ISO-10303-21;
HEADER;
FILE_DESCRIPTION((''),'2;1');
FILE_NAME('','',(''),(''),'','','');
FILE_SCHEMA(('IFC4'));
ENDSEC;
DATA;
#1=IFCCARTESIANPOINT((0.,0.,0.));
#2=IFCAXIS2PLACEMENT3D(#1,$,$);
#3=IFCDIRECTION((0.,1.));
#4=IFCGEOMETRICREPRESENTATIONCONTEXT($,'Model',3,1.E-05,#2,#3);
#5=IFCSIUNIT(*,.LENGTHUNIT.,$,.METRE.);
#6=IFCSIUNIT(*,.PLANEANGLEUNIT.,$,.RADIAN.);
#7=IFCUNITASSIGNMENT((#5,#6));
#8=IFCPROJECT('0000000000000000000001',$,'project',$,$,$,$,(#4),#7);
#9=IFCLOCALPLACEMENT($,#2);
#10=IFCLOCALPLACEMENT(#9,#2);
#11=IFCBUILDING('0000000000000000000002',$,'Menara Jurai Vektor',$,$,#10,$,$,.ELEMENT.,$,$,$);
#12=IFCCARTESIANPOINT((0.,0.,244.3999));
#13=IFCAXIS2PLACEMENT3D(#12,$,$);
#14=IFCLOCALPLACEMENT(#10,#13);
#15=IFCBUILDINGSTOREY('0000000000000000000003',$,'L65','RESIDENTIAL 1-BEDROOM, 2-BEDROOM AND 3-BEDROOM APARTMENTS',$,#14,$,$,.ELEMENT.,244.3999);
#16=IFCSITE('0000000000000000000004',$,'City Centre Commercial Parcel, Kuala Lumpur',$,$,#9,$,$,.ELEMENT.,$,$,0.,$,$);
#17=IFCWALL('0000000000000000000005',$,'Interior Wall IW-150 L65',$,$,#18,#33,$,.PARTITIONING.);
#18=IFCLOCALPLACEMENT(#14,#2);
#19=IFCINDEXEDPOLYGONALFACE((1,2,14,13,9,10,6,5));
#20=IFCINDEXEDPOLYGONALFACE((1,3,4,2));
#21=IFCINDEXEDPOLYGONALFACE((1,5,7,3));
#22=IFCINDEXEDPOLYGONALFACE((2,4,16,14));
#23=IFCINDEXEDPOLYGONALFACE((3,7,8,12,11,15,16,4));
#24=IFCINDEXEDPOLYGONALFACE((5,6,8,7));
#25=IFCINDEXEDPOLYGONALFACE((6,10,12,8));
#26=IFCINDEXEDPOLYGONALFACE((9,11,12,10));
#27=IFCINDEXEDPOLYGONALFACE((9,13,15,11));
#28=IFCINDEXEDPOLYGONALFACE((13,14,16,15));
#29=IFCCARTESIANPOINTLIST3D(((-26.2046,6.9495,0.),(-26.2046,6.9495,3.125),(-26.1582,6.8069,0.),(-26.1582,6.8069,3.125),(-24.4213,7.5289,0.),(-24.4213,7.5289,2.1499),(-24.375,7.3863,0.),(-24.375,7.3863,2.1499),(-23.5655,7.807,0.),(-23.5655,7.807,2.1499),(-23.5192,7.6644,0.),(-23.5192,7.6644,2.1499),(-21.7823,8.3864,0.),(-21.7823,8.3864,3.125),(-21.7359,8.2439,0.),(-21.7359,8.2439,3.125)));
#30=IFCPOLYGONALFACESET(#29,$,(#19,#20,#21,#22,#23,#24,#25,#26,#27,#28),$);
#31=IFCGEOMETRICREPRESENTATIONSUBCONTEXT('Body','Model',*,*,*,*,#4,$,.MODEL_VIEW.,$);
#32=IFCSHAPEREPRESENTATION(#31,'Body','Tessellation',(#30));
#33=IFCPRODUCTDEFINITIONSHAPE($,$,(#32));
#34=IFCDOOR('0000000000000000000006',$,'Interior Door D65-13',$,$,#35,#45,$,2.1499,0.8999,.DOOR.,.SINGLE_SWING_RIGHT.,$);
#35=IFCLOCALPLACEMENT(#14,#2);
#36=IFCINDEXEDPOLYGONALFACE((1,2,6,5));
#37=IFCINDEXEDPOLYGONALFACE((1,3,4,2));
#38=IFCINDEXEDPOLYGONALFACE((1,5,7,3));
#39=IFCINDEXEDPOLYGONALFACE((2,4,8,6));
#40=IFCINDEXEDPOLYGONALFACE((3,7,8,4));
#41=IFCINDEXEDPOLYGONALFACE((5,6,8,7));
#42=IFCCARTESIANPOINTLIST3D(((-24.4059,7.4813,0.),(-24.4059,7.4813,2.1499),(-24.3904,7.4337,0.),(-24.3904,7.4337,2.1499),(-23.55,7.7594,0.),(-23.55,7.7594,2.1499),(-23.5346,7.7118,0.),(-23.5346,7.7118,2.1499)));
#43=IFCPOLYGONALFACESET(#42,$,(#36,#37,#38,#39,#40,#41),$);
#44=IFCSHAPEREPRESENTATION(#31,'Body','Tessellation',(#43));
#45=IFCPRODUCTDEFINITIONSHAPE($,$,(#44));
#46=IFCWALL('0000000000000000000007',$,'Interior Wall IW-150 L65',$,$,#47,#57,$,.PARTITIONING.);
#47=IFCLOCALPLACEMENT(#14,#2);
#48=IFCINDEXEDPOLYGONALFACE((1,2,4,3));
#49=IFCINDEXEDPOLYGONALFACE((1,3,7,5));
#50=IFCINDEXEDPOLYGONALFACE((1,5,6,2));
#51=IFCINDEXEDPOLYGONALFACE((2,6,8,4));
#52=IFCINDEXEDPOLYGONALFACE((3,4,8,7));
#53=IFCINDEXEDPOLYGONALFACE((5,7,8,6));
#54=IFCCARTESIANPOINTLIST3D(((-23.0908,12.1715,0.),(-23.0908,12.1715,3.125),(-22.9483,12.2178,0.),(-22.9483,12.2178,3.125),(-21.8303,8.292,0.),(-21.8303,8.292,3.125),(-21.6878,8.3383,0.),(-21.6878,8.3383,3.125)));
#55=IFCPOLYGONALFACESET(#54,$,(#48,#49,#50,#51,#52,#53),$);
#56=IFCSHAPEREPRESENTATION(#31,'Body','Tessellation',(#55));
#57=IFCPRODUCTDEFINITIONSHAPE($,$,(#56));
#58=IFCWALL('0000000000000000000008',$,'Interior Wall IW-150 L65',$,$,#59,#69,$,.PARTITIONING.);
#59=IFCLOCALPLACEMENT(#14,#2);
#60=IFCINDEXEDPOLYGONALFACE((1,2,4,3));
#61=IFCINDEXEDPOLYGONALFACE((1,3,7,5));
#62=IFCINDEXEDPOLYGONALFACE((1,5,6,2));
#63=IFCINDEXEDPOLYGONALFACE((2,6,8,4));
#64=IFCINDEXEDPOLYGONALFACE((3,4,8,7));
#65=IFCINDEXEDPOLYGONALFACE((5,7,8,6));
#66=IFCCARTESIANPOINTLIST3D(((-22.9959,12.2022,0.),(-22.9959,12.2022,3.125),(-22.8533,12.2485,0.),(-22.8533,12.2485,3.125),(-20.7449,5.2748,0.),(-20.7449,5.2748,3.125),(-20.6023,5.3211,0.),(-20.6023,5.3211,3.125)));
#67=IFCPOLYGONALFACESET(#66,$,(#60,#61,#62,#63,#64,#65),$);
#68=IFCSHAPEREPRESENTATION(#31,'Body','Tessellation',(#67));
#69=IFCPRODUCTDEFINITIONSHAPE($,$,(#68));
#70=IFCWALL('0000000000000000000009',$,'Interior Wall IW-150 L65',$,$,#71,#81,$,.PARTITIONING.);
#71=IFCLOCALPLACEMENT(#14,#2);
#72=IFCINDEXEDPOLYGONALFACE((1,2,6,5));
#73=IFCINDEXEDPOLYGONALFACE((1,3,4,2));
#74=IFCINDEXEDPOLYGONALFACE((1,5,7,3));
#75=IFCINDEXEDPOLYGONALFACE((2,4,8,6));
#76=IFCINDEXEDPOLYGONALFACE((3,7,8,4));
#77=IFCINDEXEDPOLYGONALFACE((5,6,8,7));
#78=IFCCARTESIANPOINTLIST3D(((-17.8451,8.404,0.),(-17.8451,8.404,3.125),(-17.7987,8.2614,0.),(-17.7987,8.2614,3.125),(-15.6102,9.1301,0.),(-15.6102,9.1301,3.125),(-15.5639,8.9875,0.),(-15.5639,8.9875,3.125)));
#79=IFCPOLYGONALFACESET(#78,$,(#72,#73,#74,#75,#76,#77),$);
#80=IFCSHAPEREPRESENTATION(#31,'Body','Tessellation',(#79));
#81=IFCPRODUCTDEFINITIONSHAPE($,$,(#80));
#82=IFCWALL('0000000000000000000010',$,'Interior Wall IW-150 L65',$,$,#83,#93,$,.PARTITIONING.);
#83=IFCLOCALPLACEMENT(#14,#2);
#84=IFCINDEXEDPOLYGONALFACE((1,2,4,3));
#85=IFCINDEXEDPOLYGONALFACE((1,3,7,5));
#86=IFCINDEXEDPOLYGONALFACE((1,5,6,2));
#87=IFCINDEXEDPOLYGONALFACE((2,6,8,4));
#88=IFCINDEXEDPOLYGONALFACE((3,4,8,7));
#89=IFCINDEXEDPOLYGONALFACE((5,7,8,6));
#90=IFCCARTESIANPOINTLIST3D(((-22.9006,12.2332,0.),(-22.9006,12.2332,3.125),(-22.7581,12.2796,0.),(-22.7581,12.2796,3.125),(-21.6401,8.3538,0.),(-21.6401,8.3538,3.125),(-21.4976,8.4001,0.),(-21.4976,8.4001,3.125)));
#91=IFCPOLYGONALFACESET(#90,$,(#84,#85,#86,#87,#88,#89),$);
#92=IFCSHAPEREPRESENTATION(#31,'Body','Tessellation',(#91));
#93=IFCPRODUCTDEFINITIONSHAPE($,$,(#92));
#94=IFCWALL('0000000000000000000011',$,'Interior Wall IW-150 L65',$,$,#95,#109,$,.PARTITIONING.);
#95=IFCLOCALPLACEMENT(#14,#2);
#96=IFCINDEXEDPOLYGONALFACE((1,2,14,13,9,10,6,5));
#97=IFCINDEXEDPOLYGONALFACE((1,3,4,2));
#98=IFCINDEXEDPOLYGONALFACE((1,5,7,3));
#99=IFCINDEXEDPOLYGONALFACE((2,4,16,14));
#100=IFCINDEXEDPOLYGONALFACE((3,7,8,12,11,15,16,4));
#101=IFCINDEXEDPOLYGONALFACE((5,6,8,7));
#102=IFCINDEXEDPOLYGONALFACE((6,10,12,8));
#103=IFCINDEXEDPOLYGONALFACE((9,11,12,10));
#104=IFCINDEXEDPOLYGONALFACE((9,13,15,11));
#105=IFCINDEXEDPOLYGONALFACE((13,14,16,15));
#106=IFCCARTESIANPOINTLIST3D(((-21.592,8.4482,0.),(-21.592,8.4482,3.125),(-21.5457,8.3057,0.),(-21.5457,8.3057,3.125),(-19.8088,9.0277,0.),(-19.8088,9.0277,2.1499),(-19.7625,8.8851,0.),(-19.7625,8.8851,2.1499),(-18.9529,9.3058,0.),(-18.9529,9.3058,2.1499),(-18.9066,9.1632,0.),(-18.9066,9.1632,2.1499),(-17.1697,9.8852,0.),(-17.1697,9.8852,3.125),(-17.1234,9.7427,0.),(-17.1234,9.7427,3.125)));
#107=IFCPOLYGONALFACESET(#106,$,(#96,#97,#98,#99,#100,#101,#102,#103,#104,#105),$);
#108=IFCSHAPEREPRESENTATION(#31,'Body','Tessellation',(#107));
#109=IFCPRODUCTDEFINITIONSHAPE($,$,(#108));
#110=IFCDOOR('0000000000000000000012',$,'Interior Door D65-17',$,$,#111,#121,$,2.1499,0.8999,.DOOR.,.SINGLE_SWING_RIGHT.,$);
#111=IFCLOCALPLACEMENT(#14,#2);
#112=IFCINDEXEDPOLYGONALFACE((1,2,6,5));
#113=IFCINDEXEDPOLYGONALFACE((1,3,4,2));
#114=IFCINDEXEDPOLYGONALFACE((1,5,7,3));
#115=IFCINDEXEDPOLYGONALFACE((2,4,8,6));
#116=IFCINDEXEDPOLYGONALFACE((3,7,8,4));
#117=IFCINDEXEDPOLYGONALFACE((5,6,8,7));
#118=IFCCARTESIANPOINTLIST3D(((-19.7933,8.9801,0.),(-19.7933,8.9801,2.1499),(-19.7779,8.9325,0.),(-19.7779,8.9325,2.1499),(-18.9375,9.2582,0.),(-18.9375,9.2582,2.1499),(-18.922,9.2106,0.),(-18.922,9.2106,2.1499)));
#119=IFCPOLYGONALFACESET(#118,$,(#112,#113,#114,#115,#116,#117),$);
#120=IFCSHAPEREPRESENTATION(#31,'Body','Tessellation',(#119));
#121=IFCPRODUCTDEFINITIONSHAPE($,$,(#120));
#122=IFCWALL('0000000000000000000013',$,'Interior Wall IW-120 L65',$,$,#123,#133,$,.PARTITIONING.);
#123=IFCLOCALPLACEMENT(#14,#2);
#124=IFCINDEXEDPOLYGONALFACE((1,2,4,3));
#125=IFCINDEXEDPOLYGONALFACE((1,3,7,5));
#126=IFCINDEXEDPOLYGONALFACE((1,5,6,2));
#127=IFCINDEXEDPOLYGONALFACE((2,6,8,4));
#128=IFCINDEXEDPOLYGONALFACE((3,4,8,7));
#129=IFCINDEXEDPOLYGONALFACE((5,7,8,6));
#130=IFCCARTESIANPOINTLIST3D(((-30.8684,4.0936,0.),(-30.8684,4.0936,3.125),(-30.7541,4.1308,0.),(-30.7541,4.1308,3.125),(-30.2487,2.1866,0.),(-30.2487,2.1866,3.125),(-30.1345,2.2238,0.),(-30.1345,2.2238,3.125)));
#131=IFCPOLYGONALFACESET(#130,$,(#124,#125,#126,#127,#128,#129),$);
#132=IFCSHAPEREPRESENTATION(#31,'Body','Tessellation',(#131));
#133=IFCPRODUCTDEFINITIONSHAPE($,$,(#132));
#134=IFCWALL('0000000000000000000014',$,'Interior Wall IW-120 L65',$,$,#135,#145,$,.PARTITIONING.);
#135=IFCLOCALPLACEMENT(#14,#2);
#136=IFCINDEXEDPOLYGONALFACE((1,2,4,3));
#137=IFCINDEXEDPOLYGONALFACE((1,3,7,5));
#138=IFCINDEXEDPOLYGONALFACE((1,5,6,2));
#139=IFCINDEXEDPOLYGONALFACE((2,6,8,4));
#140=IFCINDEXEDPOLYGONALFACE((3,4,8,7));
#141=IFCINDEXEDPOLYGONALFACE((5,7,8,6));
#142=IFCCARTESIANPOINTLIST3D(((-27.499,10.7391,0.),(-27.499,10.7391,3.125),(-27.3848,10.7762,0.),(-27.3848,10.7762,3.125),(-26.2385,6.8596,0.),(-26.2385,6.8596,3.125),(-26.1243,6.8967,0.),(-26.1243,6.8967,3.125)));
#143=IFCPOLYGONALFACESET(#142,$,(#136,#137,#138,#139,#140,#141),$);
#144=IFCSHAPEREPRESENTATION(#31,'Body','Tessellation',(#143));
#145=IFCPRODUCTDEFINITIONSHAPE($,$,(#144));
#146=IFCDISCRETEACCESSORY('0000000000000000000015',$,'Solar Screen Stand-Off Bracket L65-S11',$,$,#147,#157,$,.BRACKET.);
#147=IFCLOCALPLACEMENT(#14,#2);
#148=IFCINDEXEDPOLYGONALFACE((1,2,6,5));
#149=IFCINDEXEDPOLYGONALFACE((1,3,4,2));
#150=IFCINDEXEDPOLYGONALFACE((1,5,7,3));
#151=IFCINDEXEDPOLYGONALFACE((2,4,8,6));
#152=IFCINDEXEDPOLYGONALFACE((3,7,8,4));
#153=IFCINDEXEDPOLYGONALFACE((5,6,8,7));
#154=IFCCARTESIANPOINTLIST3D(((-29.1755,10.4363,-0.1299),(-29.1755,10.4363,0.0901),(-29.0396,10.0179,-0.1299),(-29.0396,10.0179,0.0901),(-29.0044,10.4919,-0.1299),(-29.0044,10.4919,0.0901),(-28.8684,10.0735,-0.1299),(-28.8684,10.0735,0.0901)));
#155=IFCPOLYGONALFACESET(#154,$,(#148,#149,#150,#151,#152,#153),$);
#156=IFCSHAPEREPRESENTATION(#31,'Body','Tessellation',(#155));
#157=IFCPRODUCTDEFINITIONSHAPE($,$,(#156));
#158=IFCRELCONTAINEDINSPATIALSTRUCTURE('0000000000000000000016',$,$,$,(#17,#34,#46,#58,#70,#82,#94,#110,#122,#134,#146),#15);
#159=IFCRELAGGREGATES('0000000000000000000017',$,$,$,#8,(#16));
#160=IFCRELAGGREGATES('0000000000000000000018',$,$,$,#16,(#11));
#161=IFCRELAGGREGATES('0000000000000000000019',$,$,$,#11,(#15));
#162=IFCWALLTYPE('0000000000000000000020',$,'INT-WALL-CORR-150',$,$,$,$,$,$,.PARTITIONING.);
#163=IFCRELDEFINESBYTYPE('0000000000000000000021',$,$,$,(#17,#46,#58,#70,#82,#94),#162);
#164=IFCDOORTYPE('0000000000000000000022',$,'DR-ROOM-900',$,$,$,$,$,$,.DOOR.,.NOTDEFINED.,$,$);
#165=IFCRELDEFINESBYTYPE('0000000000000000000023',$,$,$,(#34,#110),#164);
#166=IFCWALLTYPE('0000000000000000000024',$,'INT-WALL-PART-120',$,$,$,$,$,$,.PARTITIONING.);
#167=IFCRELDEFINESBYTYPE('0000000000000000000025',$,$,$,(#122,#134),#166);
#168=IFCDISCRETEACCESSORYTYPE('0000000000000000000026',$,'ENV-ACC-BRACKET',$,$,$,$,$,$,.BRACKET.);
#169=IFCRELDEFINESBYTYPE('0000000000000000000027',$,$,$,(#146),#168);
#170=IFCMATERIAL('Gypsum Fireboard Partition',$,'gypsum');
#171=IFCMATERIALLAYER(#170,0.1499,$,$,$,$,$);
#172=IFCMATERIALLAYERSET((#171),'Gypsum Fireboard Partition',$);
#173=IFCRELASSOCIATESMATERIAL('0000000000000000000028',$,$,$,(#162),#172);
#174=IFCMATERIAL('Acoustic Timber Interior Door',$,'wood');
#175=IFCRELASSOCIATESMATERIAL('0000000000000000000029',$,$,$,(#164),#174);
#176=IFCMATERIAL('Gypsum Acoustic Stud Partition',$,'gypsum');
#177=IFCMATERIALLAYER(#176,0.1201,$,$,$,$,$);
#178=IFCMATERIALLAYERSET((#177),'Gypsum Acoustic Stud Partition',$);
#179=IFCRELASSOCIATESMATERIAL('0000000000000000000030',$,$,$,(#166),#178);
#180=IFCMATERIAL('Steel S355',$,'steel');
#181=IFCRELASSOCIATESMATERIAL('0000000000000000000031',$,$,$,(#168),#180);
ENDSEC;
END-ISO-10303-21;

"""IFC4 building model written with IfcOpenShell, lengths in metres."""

from ifc_helpers import new_model, si_unit, direction, frame, frame_2d, origin, origin_2d, place, context, subcontext, project, spatial, rectangle, extrude, material, layer, layer_set, type_object, element, fill, save


model = new_model("IFC4")

# Units and contexts
model_context = context("Model", 3, precision=1e-05, world=origin(), true_north=direction((0.0, 1.0)))
body_context = subcontext(model_context, "Body", "Model", "MODEL_VIEW")
ifc_project = project(units=[si_unit("LENGTHUNIT", "METRE"), si_unit("PLANEANGLEUNIT", "RADIAN")], contexts=[model_context])

# Site, building, storey
site_placement = place(None, origin())
site = spatial("IfcSite", under=ifc_project, at=site_placement, Name="City Centre Commercial Parcel, Kuala Lumpur", CompositionType="ELEMENT", RefElevation=0.0)
building_placement = place(site_placement, origin())
building = spatial("IfcBuilding", under=site, at=building_placement, Name="Menara Jurai Vektor", CompositionType="ELEMENT")
storey_placement = place(building_placement, frame((0.0, 0.0, 244.3999)))
storey = spatial("IfcBuildingStorey", under=building, at=storey_placement, Name="L65", Description="RESIDENTIAL 1-BEDROOM, 2-BEDROOM AND 3-BEDROOM APARTMENTS", CompositionType="ELEMENT", Elevation=244.3999)

# Shared definitions
ifc_material_1 = material(Name="Steel S355", Category="steel")

# Shared definitions
ifc_material_2 = material(Name="Gypsum Fireboard Partition", Category="gypsum")
ifc_layer_1 = layer(ifc_material_2, 0.1499)
ifc_layer_set_1 = layer_set([ifc_layer_1], Name="Gypsum Fireboard Partition")
wall_type_1 = type_object("IfcWallType", Name="INT-WALL-CORR-150", PredefinedType="PARTITIONING", material=ifc_layer_set_1)

# Shared definitions
ifc_material_3 = material(Name="Acoustic Timber Interior Door", Category="wood")
door_type_1 = type_object("IfcDoorType", Name="DR-ROOM-900", OperationType="NOTDEFINED", PredefinedType="DOOR", material=ifc_material_3)

# Wall, opening, door
wall_1_placement = place(storey_placement, frame((-26.1814, 6.8782, 0.0), z_axis=(0.0, 0.0, 1.0), x_axis=(0.95105, 0.309036, 0.0)))
wall_1 = element("IfcWall", 1, at=wall_1_placement, inside=storey, type_object=wall_type_1, Name="Interior Wall IW-150 L65", PredefinedType="PARTITIONING", context=body_context, shape_type="SweptSolid", body=[
    extrude(rectangle(XDim=4.6499, YDim=0.1499, at=frame_2d((2.325, 0.0))), origin(), (0.0, 0.0, 1.0), 3.125),
])
opening_1_placement = place(wall_1_placement, frame((1.875, 0.0, 0.0)))
opening_1 = element("IfcOpeningElement", 2, at=opening_1_placement, cuts=wall_1, PredefinedType="OPENING", context=body_context, shape_type="SweptSolid", body=[
    extrude(rectangle(XDim=0.8999, YDim=2.1499, at=frame_2d((0.45, 1.075))), frame((0.0, 0.085, 0.0), z_axis=(0.0, -1.0, 0.0), x_axis=(1.0, 0.0, 0.0)), (0.0, 0.0, 1.0), 0.1699),
])
door_1_placement = place(opening_1_placement, origin())
door_1 = element("IfcDoor", 3, at=door_1_placement, inside=storey, type_object=door_type_1, Name="Interior Door D65-13", OperationType="SINGLE_SWING_RIGHT", OverallHeight=2.1499, OverallWidth=0.8999, PredefinedType="DOOR", context=body_context, shape_type="SweptSolid", body=[
    extrude(rectangle(XDim=0.8999, YDim=2.1499, at=frame_2d((0.45, 1.075))), frame((0.0, 0.0249, 0.0), z_axis=(0.0, -1.0, 0.0), x_axis=(1.0, 0.0, 0.0)), (0.0, 0.0, 1.0), 0.05),
])
fill(opening_1, door_1)

# Walls
wall_2_placement = place(storey_placement, frame((-21.759, 8.3152, 0.0), z_axis=(0.0, 0.0, 1.0), x_axis=(-0.309018, 0.951056, 0.0)))
element("IfcWall", 4, at=wall_2_placement, inside=storey, type_object=wall_type_1, Name="Interior Wall IW-150 L65", PredefinedType="PARTITIONING", context=body_context, shape_type="SweptSolid", body=[
    extrude(rectangle(XDim=4.0791, YDim=0.1499, at=frame_2d((2.0396, 0.0))), origin(), (0.0, 0.0, 1.0), 3.125),
])
wall_3_placement = place(storey_placement, frame((-20.6736, 5.2979, 0.0), z_axis=(0.0, 0.0, 1.0), x_axis=(-0.309029, 0.951053, 0.0)))
element("IfcWall", 5, at=wall_3_placement, inside=storey, type_object=wall_type_1, Name="Interior Wall IW-150 L65", PredefinedType="PARTITIONING", context=body_context, shape_type="SweptSolid", body=[
    extrude(rectangle(XDim=7.2839, YDim=0.1499, at=frame_2d((3.6421, 0.0))), origin(), (0.0, 0.0, 1.0), 3.125),
])
wall_4_placement = place(storey_placement, frame((-17.8218, 8.3328, 0.0), z_axis=(0.0, 0.0, 1.0), x_axis=(0.951066, 0.308987, 0.0)))
element("IfcWall", 6, at=wall_4_placement, inside=storey, type_object=wall_type_1, Name="Interior Wall IW-150 L65", PredefinedType="PARTITIONING", context=body_context, shape_type="SweptSolid", body=[
    extrude(rectangle(XDim=2.3499, YDim=0.1499, at=frame_2d((1.1748, 0.0))), origin(), (0.0, 0.0, 1.0), 3.125),
])
wall_5_placement = place(storey_placement, frame((-21.5688, 8.377, 0.0), z_axis=(0.0, 0.0, 1.0), x_axis=(-0.309018, 0.951056, 0.0)))
element("IfcWall", 7, at=wall_5_placement, inside=storey, type_object=wall_type_1, Name="Interior Wall IW-150 L65", PredefinedType="PARTITIONING", context=body_context, shape_type="SweptSolid", body=[
    extrude(rectangle(XDim=4.0791, YDim=0.1499, at=frame_2d((2.0396, 0.0))), origin(), (0.0, 0.0, 1.0), 3.125),
])

# Wall, opening, door
wall_6_placement = place(storey_placement, frame((-21.5688, 8.377, 0.0), z_axis=(0.0, 0.0, 1.0), x_axis=(0.95105, 0.309036, 0.0)))
wall_6 = element("IfcWall", 8, at=wall_6_placement, inside=storey, type_object=wall_type_1, Name="Interior Wall IW-150 L65", PredefinedType="PARTITIONING", context=body_context, shape_type="SweptSolid", body=[
    extrude(rectangle(XDim=4.6499, YDim=0.1499, at=frame_2d((2.325, 0.0))), origin(), (0.0, 0.0, 1.0), 3.125),
])
opening_2_placement = place(wall_6_placement, frame((1.875, 0.0, 0.0)))
opening_2 = element("IfcOpeningElement", 9, at=opening_2_placement, cuts=wall_6, PredefinedType="OPENING", context=body_context, shape_type="SweptSolid", body=[
    extrude(rectangle(XDim=0.8999, YDim=2.1499, at=frame_2d((0.45, 1.075))), frame((0.0, 0.085, 0.0), z_axis=(0.0, -1.0, 0.0), x_axis=(1.0, 0.0, 0.0)), (0.0, 0.0, 1.0), 0.1699),
])
door_2_placement = place(opening_2_placement, origin())
door_2 = element("IfcDoor", 10, at=door_2_placement, inside=storey, type_object=door_type_1, Name="Interior Door D65-17", OperationType="SINGLE_SWING_RIGHT", OverallHeight=2.1499, OverallWidth=0.8999, PredefinedType="DOOR", context=body_context, shape_type="SweptSolid", body=[
    extrude(rectangle(XDim=0.8999, YDim=2.1499, at=frame_2d((0.45, 1.075))), frame((0.0, 0.0249, 0.0), z_axis=(0.0, -1.0, 0.0), x_axis=(1.0, 0.0, 0.0)), (0.0, 0.0, 1.0), 0.05),
])
fill(opening_2, door_2)

# Walls
ifc_material_4 = material(Name="Gypsum Acoustic Stud Partition", Category="gypsum")
ifc_layer_2 = layer(ifc_material_4, 0.1201)
ifc_layer_set_2 = layer_set([ifc_layer_2], Name="Gypsum Acoustic Stud Partition")
wall_type_2 = type_object("IfcWallType", Name="INT-WALL-PART-120", PredefinedType="PARTITIONING", material=ifc_layer_set_2)
wall_7_placement = place(storey_placement, frame((-30.1917, 2.2053, 0.0), z_axis=(0.0, 0.0, 1.0), x_axis=(-0.309023, 0.951055, 0.0)))
element("IfcWall", 11, at=wall_7_placement, inside=storey, type_object=wall_type_2, Name="Interior Wall IW-120 L65", PredefinedType="PARTITIONING", context=body_context, shape_type="SweptSolid", body=[
    extrude(rectangle(XDim=2.0051, YDim=0.1201, at=frame_2d((1.0024, 0.0))), origin(), (0.0, 0.0, 1.0), 3.125),
])
wall_8_placement = place(storey_placement, frame((-26.1814, 6.8782, 0.0), z_axis=(0.0, 0.0, 1.0), x_axis=(-0.309018, 0.951056, 0.0)))
element("IfcWall", 12, at=wall_8_placement, inside=storey, type_object=wall_type_2, Name="Interior Wall IW-120 L65", PredefinedType="PARTITIONING", context=body_context, shape_type="SweptSolid", body=[
    extrude(rectangle(XDim=4.0791, YDim=0.1201, at=frame_2d((2.0396, 0.0))), origin(), (0.0, 0.0, 1.0), 3.125),
])

# Discrete accessory
discrete_accessory_type = type_object("IfcDiscreteAccessoryType", Name="ENV-ACC-BRACKET", PredefinedType="BRACKET", material=ifc_material_1)
discrete_accessory_placement = place(storey_placement, frame((-29.022, 10.2549, -0.1299), z_axis=(0.0, 0.0, 1.0), x_axis=(-0.951057, -0.309017, 0.0)))
element("IfcDiscreteAccessory", 13, at=discrete_accessory_placement, inside=storey, type_object=discrete_accessory_type, Name="Solar Screen Stand-Off Bracket L65-S11", PredefinedType="BRACKET", context=body_context, shape_type="SweptSolid", body=[
    extrude(rectangle(XDim=0.1799, YDim=0.4399, at=origin_2d()), origin(), (0.0, 0.0, 1.0), 0.22),
])

save(model, "model.ifc")
